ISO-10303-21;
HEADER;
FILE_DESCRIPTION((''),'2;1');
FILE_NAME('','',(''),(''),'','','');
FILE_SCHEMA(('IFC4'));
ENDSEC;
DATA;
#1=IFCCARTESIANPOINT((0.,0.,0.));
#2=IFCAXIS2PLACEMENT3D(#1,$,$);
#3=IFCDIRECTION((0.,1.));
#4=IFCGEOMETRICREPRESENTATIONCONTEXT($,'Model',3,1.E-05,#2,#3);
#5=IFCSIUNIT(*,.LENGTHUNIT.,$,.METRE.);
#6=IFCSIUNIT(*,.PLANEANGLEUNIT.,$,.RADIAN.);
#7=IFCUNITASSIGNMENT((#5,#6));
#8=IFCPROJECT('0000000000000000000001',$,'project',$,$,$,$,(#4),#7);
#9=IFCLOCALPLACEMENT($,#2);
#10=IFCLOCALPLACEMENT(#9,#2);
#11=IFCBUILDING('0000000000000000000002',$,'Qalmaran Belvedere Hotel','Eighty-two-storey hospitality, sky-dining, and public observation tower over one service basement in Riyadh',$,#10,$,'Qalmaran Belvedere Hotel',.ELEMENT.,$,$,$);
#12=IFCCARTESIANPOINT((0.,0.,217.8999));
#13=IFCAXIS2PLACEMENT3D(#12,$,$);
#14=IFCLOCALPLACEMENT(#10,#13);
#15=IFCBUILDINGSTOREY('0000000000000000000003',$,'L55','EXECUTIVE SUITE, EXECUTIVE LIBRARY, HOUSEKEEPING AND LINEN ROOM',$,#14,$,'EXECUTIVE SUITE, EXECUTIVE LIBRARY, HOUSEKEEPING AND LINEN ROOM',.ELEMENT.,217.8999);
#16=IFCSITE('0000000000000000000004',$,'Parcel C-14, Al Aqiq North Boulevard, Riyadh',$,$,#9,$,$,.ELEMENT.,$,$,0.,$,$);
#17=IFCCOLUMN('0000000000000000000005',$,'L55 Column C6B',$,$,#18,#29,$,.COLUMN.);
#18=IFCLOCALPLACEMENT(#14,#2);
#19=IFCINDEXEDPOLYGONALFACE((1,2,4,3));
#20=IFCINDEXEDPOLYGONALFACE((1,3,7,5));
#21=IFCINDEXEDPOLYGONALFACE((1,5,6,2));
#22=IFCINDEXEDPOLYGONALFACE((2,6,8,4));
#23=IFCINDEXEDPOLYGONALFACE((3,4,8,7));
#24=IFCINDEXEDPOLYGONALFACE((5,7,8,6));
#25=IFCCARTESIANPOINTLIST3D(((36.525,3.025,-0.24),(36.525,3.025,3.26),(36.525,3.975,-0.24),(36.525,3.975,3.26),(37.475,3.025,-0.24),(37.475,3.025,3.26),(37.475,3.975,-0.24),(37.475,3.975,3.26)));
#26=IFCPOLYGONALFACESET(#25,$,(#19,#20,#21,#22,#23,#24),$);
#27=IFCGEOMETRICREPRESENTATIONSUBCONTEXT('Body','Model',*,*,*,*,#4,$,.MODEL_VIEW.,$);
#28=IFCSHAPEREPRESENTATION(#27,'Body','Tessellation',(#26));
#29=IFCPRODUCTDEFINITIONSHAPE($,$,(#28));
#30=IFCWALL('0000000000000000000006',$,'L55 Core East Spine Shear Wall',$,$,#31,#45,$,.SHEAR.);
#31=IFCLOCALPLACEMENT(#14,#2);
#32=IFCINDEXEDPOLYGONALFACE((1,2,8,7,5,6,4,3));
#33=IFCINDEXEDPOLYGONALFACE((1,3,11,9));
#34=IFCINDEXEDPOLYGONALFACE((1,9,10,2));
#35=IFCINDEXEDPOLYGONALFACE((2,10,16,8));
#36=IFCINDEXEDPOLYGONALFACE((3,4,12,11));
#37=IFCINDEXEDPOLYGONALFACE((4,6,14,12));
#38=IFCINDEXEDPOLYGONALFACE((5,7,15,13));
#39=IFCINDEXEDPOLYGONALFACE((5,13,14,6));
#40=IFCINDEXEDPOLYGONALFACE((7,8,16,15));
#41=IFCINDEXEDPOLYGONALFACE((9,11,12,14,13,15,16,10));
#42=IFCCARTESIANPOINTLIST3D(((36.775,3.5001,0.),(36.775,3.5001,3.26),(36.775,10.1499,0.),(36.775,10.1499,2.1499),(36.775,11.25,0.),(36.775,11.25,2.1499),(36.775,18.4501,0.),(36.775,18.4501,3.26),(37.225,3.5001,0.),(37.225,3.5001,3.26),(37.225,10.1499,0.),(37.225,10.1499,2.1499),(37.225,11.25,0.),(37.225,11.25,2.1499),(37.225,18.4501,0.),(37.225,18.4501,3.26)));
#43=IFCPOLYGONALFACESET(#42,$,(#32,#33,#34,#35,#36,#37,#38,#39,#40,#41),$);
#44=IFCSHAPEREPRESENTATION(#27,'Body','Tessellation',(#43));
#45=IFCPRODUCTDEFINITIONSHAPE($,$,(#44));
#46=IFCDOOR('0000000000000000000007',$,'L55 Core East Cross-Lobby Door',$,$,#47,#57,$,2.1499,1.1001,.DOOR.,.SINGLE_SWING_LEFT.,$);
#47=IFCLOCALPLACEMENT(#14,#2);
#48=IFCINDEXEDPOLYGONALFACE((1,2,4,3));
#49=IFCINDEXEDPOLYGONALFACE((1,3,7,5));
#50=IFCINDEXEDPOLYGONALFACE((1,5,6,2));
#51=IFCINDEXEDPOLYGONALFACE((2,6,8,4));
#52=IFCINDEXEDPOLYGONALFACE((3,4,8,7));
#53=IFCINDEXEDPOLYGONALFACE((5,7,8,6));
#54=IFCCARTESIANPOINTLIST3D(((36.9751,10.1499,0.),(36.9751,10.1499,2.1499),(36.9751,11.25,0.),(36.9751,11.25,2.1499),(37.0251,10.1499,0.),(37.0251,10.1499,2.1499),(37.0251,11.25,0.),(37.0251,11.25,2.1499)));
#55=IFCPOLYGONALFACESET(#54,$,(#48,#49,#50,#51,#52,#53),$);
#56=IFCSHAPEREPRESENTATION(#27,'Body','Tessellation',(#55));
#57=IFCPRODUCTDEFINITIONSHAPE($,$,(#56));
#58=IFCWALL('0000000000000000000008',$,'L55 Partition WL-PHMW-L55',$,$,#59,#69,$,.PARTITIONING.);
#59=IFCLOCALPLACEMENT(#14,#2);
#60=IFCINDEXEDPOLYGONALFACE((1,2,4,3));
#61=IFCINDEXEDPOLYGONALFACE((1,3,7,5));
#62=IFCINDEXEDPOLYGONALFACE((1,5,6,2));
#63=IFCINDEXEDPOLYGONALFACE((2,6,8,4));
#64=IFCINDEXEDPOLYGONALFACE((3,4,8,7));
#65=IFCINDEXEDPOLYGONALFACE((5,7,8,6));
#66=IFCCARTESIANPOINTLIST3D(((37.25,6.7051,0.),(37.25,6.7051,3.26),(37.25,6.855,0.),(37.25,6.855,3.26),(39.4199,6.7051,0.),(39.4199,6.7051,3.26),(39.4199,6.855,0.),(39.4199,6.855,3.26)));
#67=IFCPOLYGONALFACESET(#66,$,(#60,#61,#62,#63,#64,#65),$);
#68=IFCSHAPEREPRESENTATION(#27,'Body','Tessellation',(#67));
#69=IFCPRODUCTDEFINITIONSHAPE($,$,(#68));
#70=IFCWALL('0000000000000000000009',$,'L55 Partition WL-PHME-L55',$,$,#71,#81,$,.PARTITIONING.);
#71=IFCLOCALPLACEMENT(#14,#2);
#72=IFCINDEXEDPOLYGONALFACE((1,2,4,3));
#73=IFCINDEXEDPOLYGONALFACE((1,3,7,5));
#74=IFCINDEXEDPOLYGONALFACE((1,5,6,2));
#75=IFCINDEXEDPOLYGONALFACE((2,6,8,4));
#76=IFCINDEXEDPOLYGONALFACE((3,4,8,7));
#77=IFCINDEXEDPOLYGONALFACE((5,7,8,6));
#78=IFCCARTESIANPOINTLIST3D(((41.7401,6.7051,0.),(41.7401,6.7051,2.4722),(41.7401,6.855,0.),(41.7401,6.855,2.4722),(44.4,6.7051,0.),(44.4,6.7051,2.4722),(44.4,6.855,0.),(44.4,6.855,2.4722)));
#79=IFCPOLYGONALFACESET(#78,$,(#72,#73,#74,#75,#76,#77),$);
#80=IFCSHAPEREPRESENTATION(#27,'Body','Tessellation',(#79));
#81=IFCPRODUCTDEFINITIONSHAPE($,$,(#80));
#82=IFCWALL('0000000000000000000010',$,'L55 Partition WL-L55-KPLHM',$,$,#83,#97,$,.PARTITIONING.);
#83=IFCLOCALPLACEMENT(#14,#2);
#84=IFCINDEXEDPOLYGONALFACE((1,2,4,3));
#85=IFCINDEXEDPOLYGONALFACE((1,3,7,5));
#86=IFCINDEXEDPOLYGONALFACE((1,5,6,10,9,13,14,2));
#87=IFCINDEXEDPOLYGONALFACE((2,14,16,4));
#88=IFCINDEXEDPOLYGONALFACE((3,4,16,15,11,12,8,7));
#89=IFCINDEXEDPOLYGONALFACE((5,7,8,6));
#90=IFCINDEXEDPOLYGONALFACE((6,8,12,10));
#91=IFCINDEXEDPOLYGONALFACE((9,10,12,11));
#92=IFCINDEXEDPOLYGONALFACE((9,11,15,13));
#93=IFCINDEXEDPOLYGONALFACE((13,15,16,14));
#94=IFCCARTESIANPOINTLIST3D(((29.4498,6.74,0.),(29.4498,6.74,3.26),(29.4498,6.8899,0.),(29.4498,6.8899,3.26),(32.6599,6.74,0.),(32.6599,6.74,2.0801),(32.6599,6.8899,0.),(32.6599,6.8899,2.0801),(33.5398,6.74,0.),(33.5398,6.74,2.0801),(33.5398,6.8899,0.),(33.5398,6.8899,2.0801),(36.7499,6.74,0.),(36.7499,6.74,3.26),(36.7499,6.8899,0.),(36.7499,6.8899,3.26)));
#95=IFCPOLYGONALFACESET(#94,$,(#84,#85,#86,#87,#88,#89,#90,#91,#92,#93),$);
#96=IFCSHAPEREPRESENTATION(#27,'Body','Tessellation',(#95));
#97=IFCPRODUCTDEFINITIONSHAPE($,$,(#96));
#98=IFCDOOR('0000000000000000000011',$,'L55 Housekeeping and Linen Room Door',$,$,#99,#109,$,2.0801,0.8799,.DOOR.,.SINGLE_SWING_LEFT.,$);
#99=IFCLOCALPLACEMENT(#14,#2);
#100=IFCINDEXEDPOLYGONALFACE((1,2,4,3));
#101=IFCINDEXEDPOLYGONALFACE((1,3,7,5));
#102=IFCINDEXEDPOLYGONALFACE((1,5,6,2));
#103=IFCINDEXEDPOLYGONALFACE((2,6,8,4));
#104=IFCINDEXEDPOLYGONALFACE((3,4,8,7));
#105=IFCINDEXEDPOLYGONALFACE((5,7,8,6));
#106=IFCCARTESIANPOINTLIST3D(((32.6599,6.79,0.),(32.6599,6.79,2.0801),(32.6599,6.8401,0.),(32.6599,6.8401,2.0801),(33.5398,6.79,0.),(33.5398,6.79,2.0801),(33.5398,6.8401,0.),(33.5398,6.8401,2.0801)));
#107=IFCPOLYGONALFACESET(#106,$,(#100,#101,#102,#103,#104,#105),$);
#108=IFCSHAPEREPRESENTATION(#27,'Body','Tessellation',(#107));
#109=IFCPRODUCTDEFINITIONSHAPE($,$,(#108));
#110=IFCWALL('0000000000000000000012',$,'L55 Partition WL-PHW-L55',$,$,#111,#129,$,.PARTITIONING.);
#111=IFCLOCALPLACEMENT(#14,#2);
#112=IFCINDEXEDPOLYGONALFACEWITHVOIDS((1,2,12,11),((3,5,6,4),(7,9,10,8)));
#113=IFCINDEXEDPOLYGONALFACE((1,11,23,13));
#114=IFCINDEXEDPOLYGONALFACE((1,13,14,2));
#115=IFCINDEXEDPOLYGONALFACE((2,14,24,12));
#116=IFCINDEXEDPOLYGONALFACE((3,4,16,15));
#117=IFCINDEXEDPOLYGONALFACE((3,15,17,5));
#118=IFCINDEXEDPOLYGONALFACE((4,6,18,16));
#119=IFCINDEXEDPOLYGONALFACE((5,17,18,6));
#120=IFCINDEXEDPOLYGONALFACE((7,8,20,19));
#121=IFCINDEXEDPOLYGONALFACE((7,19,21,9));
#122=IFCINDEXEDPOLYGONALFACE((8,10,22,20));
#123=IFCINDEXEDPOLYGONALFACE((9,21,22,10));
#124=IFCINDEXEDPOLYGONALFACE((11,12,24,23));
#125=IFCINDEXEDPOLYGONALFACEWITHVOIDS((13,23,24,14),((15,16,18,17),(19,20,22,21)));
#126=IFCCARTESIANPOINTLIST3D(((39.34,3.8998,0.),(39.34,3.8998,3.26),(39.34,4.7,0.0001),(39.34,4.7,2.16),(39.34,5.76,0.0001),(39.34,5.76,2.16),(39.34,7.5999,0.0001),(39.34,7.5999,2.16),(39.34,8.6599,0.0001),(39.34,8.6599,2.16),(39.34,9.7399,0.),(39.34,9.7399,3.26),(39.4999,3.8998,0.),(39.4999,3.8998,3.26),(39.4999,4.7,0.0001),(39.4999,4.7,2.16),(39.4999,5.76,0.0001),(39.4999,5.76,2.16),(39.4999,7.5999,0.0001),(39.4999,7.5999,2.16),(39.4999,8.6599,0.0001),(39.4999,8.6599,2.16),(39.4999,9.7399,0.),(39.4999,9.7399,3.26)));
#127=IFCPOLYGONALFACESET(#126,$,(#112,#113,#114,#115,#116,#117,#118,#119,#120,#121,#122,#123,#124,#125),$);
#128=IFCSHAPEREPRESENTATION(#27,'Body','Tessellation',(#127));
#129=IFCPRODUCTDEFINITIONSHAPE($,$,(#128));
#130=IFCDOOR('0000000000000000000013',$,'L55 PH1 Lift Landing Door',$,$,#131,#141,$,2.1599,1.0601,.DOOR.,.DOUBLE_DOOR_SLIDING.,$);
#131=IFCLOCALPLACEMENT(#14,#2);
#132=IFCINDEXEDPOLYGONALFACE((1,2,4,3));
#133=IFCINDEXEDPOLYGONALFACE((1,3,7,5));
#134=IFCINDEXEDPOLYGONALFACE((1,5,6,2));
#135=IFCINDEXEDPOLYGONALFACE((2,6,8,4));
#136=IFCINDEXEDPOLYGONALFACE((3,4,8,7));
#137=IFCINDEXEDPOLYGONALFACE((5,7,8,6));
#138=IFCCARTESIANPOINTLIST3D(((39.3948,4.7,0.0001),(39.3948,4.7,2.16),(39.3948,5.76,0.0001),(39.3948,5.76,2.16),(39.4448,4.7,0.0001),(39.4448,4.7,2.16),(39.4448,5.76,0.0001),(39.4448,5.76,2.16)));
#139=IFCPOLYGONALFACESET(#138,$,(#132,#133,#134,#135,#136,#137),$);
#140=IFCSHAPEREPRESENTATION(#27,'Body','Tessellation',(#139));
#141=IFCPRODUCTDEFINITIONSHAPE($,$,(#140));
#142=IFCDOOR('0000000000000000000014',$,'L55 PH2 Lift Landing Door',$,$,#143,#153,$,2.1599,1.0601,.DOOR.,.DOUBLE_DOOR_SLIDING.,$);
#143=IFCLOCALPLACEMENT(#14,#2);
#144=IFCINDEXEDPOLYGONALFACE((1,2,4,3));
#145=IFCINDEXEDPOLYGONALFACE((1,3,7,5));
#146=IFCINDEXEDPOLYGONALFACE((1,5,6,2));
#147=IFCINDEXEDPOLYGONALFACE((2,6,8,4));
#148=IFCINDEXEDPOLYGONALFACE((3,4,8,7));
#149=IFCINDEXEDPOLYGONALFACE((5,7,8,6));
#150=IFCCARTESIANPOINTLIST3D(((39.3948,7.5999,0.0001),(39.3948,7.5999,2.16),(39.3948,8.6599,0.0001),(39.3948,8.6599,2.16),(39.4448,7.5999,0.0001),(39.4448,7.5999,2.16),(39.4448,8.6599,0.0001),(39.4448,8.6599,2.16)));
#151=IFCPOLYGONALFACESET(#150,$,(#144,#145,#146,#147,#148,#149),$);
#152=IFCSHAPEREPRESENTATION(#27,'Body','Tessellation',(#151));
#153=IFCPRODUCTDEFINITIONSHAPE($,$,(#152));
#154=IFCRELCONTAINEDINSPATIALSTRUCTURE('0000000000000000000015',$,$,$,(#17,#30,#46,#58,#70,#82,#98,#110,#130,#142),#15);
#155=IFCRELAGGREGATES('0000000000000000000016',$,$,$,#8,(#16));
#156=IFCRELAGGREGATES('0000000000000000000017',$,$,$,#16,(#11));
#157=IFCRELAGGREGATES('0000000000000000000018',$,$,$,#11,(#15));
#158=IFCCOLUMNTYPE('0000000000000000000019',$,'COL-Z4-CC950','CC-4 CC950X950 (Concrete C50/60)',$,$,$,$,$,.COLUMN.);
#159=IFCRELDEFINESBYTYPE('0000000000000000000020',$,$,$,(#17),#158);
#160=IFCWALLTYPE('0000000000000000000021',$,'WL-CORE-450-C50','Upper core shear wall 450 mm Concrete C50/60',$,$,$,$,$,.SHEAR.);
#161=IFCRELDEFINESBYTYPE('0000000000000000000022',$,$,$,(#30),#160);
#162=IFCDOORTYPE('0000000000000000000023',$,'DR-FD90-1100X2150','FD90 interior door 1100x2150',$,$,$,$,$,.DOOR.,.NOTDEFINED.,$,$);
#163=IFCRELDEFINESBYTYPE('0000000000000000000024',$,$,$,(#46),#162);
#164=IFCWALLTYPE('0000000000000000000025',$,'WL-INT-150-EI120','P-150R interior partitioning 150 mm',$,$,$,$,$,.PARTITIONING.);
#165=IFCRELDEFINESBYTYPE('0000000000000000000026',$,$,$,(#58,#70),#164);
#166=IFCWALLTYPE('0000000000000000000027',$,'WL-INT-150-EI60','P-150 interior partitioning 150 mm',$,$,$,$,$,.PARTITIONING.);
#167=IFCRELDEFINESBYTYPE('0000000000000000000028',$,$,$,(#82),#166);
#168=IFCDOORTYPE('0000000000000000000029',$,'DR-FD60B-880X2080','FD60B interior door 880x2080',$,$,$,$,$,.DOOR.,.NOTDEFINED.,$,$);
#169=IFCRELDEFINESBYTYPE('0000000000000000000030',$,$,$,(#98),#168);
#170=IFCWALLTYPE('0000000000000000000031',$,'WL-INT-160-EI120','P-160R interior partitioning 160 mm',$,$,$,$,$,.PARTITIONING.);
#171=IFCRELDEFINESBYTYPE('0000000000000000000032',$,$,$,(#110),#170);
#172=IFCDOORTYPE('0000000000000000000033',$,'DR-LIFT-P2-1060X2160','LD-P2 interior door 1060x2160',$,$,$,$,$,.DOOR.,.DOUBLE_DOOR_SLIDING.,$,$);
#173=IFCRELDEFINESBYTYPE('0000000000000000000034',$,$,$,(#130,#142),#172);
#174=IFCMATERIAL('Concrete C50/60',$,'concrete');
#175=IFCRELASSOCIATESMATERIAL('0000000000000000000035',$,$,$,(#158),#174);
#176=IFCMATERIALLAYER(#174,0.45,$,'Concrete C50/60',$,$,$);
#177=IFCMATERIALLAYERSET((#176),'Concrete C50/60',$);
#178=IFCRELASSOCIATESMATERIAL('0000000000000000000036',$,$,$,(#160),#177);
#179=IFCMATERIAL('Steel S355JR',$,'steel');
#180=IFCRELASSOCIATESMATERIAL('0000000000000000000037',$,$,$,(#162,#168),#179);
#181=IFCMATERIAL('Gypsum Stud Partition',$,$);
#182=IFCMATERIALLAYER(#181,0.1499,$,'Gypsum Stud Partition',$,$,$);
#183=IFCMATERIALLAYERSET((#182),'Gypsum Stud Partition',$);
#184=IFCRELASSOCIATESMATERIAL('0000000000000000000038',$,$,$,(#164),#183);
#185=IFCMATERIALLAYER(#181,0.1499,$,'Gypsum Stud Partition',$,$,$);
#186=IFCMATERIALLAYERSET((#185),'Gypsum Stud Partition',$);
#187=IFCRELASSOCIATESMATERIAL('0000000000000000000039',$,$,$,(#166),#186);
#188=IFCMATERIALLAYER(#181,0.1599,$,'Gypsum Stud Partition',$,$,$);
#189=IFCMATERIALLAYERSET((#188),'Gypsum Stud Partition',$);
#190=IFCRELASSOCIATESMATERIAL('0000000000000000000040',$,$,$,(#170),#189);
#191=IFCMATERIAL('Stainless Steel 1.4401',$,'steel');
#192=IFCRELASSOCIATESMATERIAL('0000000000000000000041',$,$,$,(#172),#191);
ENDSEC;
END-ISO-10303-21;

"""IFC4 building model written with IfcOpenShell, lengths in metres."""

from ifc_helpers import new_model, si_unit, direction, frame, frame_2d, origin, origin_2d, place, context, subcontext, project, spatial, rectangle, extrude, material, layer, layer_set, material_profile, profile_set, type_object, element, fill, save


model = new_model("IFC4")

# Units and contexts
model_context = context("Model", 3, precision=1e-05, world=origin(), true_north=direction((0.0, 1.0)))
body_context = subcontext(model_context, "Body", "Model", "MODEL_VIEW")
ifc_project = project(units=[si_unit("LENGTHUNIT", "METRE"), si_unit("PLANEANGLEUNIT", "RADIAN")], contexts=[model_context])

# Site, building, storey
site_placement = place(None, origin())
site = spatial("IfcSite", under=ifc_project, at=site_placement, Name="Parcel C-14, Al Aqiq North Boulevard, Riyadh", CompositionType="ELEMENT", RefElevation=0.0)
building_placement = place(site_placement, origin())
building = spatial("IfcBuilding", under=site, at=building_placement, Name="Qalmaran Belvedere Hotel", Description="Eighty-two-storey hospitality, sky-dining, and public observation tower over one service basement in Riyadh", LongName="Qalmaran Belvedere Hotel", CompositionType="ELEMENT")
storey_placement = place(building_placement, frame((0.0, 0.0, 217.8999)))
storey = spatial("IfcBuildingStorey", under=building, at=storey_placement, Name="L55", Description="EXECUTIVE SUITE, EXECUTIVE LIBRARY, HOUSEKEEPING AND LINEN ROOM", LongName="EXECUTIVE SUITE, EXECUTIVE LIBRARY, HOUSEKEEPING AND LINEN ROOM", CompositionType="ELEMENT", Elevation=217.8999)

# Column
ifc_material_1 = material(Name="Concrete C50/60", Category="concrete")
ifc_material_profile = material_profile(ifc_material_1, rectangle(XDim=0.95, YDim=0.95, at=origin_2d()), Name="CC950X950")
ifc_profile_set = profile_set([ifc_material_profile], Name="Concrete C50/60")
column_type = type_object("IfcColumnType", Name="COL-Z4-CC950", Description="CC-4 CC950X950 (Concrete C50/60)", PredefinedType="COLUMN", material=ifc_profile_set)
column_placement = place(storey_placement, frame((37.0, 3.5, -0.24), z_axis=(0.0, 0.0, 1.0), x_axis=(1.0, 0.0, 0.0)))
element("IfcColumn", 1, at=column_placement, inside=storey, type_object=column_type, Name="L55 Column C6B", PredefinedType="COLUMN", context=body_context, shape_type="SweptSolid", body=[
    extrude(rectangle(XDim=0.95, YDim=0.95, at=origin_2d()), origin(), (0.0, 0.0, 1.0), 3.5),
])

# Wall, opening, door
ifc_layer_1 = layer(ifc_material_1, 0.45, Name="Concrete C50/60")
ifc_layer_set_1 = layer_set([ifc_layer_1], Name="Concrete C50/60")
wall_type_1 = type_object("IfcWallType", Name="WL-CORE-450-C50", Description="Upper core shear wall 450 mm Concrete C50/60", PredefinedType="SHEAR", material=ifc_layer_set_1)
wall_1_placement = place(storey_placement, frame((37.0, 3.5, 0.0), z_axis=(0.0, 0.0, 1.0), x_axis=(0.0, 1.0, 0.0)))
wall_1 = element("IfcWall", 2, at=wall_1_placement, inside=storey, type_object=wall_type_1, Name="L55 Core East Spine Shear Wall", PredefinedType="SHEAR", context=body_context, shape_type="SweptSolid", body=[
    extrude(rectangle(XDim=14.95, YDim=0.45, at=frame_2d((7.4751, 0.0))), origin(), (0.0, 0.0, 1.0), 3.26),
])
opening_1_placement = place(wall_1_placement, frame((6.6499, 0.0, 0.0)))
opening_1 = element("IfcOpeningElement", 3, at=opening_1_placement, cuts=wall_1, PredefinedType="OPENING", context=body_context, shape_type="SweptSolid", body=[
    extrude(rectangle(XDim=1.1001, YDim=2.1499, at=frame_2d((0.55, 1.075))), frame((0.0, 0.2349, 0.0), z_axis=(0.0, -1.0, 0.0), x_axis=(1.0, 0.0, 0.0)), (0.0, 0.0, 1.0), 0.47),
])
ifc_material_2 = material(Name="Steel S355JR", Category="steel")
door_type_1 = type_object("IfcDoorType", Name="DR-FD90-1100X2150", Description="FD90 interior door 1100x2150", OperationType="NOTDEFINED", PredefinedType="DOOR", material=ifc_material_2)
door_1_placement = place(opening_1_placement, origin())
door_1 = element("IfcDoor", 4, at=door_1_placement, inside=storey, type_object=door_type_1, Name="L55 Core East Cross-Lobby Door", OperationType="SINGLE_SWING_LEFT", OverallHeight=2.1499, OverallWidth=1.1001, PredefinedType="DOOR", context=body_context, shape_type="SweptSolid", body=[
    extrude(rectangle(XDim=1.1001, YDim=2.1499, at=frame_2d((0.55, 1.075))), frame((0.0, 0.0249, 0.0), z_axis=(0.0, -1.0, 0.0), x_axis=(1.0, 0.0, 0.0)), (0.0, 0.0, 1.0), 0.05),
])
fill(opening_1, door_1)

# Walls
ifc_material_3 = material(Name="Gypsum Stud Partition")
ifc_layer_2 = layer(ifc_material_3, 0.1499, Name="Gypsum Stud Partition")
ifc_layer_set_2 = layer_set([ifc_layer_2], Name="Gypsum Stud Partition")
wall_type_2 = type_object("IfcWallType", Name="WL-INT-150-EI120", Description="P-150R interior partitioning 150 mm", PredefinedType="PARTITIONING", material=ifc_layer_set_2)
wall_2_placement = place(storey_placement, frame((37.25, 6.78, 0.0), z_axis=(0.0, 0.0, 1.0), x_axis=(1.0, 0.0, 0.0)))
element("IfcWall", 5, at=wall_2_placement, inside=storey, type_object=wall_type_2, Name="L55 Partition WL-PHMW-L55", PredefinedType="PARTITIONING", context=body_context, shape_type="SweptSolid", body=[
    extrude(rectangle(XDim=2.1699, YDim=0.1499, at=frame_2d((1.085, 0.0))), origin(), (0.0, 0.0, 1.0), 3.26),
])
wall_3_placement = place(storey_placement, frame((41.74, 6.78, 0.0), z_axis=(0.0, 0.0, 1.0), x_axis=(1.0, 0.0, 0.0)))
element("IfcWall", 6, at=wall_3_placement, inside=storey, type_object=wall_type_2, Name="L55 Partition WL-PHME-L55", PredefinedType="PARTITIONING", context=body_context, shape_type="SweptSolid", body=[
    extrude(rectangle(XDim=2.6599, YDim=0.1499, at=frame_2d((1.3301, 0.0))), origin(), (0.0, 0.0, 1.0), 2.4722),
])
ifc_layer_3 = layer(ifc_material_3, 0.1499, Name="Gypsum Stud Partition")
ifc_layer_set_3 = layer_set([ifc_layer_3], Name="Gypsum Stud Partition")
wall_type_3 = type_object("IfcWallType", Name="WL-INT-150-EI60", Description="P-150 interior partitioning 150 mm", PredefinedType="PARTITIONING", material=ifc_layer_set_3)

# Wall, opening, door
wall_4_placement = place(storey_placement, frame((29.45, 6.8149, 0.0), z_axis=(0.0, 0.0, 1.0), x_axis=(1.0, 0.0, 0.0)))
wall_4 = element("IfcWall", 7, at=wall_4_placement, inside=storey, type_object=wall_type_3, Name="L55 Partition WL-L55-KPLHM", PredefinedType="PARTITIONING", context=body_context, shape_type="SweptSolid", body=[
    extrude(rectangle(XDim=7.3, YDim=0.1499, at=frame_2d((3.6499, 0.0))), origin(), (0.0, 0.0, 1.0), 3.26),
])
opening_2_placement = place(wall_4_placement, frame((4.0898, 0.0, 0.0), z_axis=(0.0, 0.0, 1.0), x_axis=(-1.0, 0.0, 0.0)))
opening_2 = element("IfcOpeningElement", 8, at=opening_2_placement, cuts=wall_4, PredefinedType="OPENING", context=body_context, shape_type="SweptSolid", body=[
    extrude(rectangle(XDim=0.8799, YDim=2.0801, at=frame_2d((0.4399, 1.04))), frame((0.0, 0.085, 0.0), z_axis=(0.0, -1.0, 0.0), x_axis=(1.0, 0.0, 0.0)), (0.0, 0.0, 1.0), 0.1699),
])
door_type_2 = type_object("IfcDoorType", Name="DR-FD60B-880X2080", Description="FD60B interior door 880x2080", OperationType="NOTDEFINED", PredefinedType="DOOR", material=ifc_material_2)
door_2_placement = place(opening_2_placement, origin())
door_2 = element("IfcDoor", 9, at=door_2_placement, inside=storey, type_object=door_type_2, Name="L55 Housekeeping and Linen Room Door", OperationType="SINGLE_SWING_LEFT", OverallHeight=2.0801, OverallWidth=0.8799, PredefinedType="DOOR", context=body_context, shape_type="SweptSolid", body=[
    extrude(rectangle(XDim=0.8799, YDim=2.0801, at=frame_2d((0.4399, 1.04))), frame((0.0, 0.0249, 0.0), z_axis=(0.0, -1.0, 0.0), x_axis=(1.0, 0.0, 0.0)), (0.0, 0.0, 1.0), 0.05),
])
fill(opening_2, door_2)

# Wall, openings, doors
ifc_layer_4 = layer(ifc_material_3, 0.1599, Name="Gypsum Stud Partition")
ifc_layer_set_4 = layer_set([ifc_layer_4], Name="Gypsum Stud Partition")
wall_type_4 = type_object("IfcWallType", Name="WL-INT-160-EI120", Description="P-160R interior partitioning 160 mm", PredefinedType="PARTITIONING", material=ifc_layer_set_4)
wall_5_placement = place(storey_placement, frame((39.4199, 3.8999, 0.0), z_axis=(0.0, 0.0, 1.0), x_axis=(0.0, 1.0, 0.0)))
wall_5 = element("IfcWall", 10, at=wall_5_placement, inside=storey, type_object=wall_type_4, Name="L55 Partition WL-PHW-L55", PredefinedType="PARTITIONING", context=body_context, shape_type="SweptSolid", body=[
    extrude(rectangle(XDim=5.8401, YDim=0.1599, at=frame_2d((2.9199, 0.0))), origin(), (0.0, 0.0, 1.0), 3.26),
])
opening_3_placement = place(wall_5_placement, frame((1.8601, 0.0, 0.0), z_axis=(0.0, 0.0, 1.0), x_axis=(-1.0, 0.0, 0.0)))
opening_3 = element("IfcOpeningElement", 11, at=opening_3_placement, cuts=wall_5, PredefinedType="OPENING", context=body_context, shape_type="SweptSolid", body=[
    extrude(rectangle(XDim=1.0601, YDim=2.1599, at=frame_2d((0.53, 1.0801))), frame((0.0, 0.0898, 0.0), z_axis=(0.0, -1.0, 0.0), x_axis=(1.0, 0.0, 0.0)), (0.0, 0.0, 1.0), 0.1799),
])
opening_4_placement = place(wall_5_placement, frame((4.76, 0.0, 0.0), z_axis=(0.0, 0.0, 1.0), x_axis=(-1.0, 0.0, 0.0)))
opening_4 = element("IfcOpeningElement", 12, at=opening_4_placement, cuts=wall_5, PredefinedType="OPENING", context=body_context, shape_type="SweptSolid", body=[
    extrude(rectangle(XDim=1.0601, YDim=2.1599, at=frame_2d((0.53, 1.0801))), frame((0.0, 0.0898, 0.0), z_axis=(0.0, -1.0, 0.0), x_axis=(1.0, 0.0, 0.0)), (0.0, 0.0, 1.0), 0.1799),
])
ifc_material_4 = material(Name="Stainless Steel 1.4401", Category="steel")
door_type_3 = type_object("IfcDoorType", Name="DR-LIFT-P2-1060X2160", Description="LD-P2 interior door 1060x2160", OperationType="DOUBLE_DOOR_SLIDING", PredefinedType="DOOR", material=ifc_material_4)
door_3_placement = place(opening_3_placement, origin())
door_3 = element("IfcDoor", 13, at=door_3_placement, inside=storey, type_object=door_type_3, Name="L55 PH1 Lift Landing Door", OperationType="DOUBLE_DOOR_SLIDING", OverallHeight=2.1599, OverallWidth=1.0601, PredefinedType="DOOR", context=body_context, shape_type="SweptSolid", body=[
    extrude(rectangle(XDim=1.0601, YDim=2.1599, at=frame_2d((0.53, 1.0801))), frame((0.0, 0.0249, 0.0), z_axis=(0.0, -1.0, 0.0), x_axis=(1.0, 0.0, 0.0)), (0.0, 0.0, 1.0), 0.05),
])
fill(opening_3, door_3)
door_4_placement = place(opening_4_placement, origin())
door_4 = element("IfcDoor", 14, at=door_4_placement, inside=storey, type_object=door_type_3, Name="L55 PH2 Lift Landing Door", OperationType="DOUBLE_DOOR_SLIDING", OverallHeight=2.1599, OverallWidth=1.0601, PredefinedType="DOOR", context=body_context, shape_type="SweptSolid", body=[
    extrude(rectangle(XDim=1.0601, YDim=2.1599, at=frame_2d((0.53, 1.0801))), frame((0.0, 0.0249, 0.0), z_axis=(0.0, -1.0, 0.0), x_axis=(1.0, 0.0, 0.0)), (0.0, 0.0, 1.0), 0.05),
])
fill(opening_4, door_4)

save(model, "model.ifc")
